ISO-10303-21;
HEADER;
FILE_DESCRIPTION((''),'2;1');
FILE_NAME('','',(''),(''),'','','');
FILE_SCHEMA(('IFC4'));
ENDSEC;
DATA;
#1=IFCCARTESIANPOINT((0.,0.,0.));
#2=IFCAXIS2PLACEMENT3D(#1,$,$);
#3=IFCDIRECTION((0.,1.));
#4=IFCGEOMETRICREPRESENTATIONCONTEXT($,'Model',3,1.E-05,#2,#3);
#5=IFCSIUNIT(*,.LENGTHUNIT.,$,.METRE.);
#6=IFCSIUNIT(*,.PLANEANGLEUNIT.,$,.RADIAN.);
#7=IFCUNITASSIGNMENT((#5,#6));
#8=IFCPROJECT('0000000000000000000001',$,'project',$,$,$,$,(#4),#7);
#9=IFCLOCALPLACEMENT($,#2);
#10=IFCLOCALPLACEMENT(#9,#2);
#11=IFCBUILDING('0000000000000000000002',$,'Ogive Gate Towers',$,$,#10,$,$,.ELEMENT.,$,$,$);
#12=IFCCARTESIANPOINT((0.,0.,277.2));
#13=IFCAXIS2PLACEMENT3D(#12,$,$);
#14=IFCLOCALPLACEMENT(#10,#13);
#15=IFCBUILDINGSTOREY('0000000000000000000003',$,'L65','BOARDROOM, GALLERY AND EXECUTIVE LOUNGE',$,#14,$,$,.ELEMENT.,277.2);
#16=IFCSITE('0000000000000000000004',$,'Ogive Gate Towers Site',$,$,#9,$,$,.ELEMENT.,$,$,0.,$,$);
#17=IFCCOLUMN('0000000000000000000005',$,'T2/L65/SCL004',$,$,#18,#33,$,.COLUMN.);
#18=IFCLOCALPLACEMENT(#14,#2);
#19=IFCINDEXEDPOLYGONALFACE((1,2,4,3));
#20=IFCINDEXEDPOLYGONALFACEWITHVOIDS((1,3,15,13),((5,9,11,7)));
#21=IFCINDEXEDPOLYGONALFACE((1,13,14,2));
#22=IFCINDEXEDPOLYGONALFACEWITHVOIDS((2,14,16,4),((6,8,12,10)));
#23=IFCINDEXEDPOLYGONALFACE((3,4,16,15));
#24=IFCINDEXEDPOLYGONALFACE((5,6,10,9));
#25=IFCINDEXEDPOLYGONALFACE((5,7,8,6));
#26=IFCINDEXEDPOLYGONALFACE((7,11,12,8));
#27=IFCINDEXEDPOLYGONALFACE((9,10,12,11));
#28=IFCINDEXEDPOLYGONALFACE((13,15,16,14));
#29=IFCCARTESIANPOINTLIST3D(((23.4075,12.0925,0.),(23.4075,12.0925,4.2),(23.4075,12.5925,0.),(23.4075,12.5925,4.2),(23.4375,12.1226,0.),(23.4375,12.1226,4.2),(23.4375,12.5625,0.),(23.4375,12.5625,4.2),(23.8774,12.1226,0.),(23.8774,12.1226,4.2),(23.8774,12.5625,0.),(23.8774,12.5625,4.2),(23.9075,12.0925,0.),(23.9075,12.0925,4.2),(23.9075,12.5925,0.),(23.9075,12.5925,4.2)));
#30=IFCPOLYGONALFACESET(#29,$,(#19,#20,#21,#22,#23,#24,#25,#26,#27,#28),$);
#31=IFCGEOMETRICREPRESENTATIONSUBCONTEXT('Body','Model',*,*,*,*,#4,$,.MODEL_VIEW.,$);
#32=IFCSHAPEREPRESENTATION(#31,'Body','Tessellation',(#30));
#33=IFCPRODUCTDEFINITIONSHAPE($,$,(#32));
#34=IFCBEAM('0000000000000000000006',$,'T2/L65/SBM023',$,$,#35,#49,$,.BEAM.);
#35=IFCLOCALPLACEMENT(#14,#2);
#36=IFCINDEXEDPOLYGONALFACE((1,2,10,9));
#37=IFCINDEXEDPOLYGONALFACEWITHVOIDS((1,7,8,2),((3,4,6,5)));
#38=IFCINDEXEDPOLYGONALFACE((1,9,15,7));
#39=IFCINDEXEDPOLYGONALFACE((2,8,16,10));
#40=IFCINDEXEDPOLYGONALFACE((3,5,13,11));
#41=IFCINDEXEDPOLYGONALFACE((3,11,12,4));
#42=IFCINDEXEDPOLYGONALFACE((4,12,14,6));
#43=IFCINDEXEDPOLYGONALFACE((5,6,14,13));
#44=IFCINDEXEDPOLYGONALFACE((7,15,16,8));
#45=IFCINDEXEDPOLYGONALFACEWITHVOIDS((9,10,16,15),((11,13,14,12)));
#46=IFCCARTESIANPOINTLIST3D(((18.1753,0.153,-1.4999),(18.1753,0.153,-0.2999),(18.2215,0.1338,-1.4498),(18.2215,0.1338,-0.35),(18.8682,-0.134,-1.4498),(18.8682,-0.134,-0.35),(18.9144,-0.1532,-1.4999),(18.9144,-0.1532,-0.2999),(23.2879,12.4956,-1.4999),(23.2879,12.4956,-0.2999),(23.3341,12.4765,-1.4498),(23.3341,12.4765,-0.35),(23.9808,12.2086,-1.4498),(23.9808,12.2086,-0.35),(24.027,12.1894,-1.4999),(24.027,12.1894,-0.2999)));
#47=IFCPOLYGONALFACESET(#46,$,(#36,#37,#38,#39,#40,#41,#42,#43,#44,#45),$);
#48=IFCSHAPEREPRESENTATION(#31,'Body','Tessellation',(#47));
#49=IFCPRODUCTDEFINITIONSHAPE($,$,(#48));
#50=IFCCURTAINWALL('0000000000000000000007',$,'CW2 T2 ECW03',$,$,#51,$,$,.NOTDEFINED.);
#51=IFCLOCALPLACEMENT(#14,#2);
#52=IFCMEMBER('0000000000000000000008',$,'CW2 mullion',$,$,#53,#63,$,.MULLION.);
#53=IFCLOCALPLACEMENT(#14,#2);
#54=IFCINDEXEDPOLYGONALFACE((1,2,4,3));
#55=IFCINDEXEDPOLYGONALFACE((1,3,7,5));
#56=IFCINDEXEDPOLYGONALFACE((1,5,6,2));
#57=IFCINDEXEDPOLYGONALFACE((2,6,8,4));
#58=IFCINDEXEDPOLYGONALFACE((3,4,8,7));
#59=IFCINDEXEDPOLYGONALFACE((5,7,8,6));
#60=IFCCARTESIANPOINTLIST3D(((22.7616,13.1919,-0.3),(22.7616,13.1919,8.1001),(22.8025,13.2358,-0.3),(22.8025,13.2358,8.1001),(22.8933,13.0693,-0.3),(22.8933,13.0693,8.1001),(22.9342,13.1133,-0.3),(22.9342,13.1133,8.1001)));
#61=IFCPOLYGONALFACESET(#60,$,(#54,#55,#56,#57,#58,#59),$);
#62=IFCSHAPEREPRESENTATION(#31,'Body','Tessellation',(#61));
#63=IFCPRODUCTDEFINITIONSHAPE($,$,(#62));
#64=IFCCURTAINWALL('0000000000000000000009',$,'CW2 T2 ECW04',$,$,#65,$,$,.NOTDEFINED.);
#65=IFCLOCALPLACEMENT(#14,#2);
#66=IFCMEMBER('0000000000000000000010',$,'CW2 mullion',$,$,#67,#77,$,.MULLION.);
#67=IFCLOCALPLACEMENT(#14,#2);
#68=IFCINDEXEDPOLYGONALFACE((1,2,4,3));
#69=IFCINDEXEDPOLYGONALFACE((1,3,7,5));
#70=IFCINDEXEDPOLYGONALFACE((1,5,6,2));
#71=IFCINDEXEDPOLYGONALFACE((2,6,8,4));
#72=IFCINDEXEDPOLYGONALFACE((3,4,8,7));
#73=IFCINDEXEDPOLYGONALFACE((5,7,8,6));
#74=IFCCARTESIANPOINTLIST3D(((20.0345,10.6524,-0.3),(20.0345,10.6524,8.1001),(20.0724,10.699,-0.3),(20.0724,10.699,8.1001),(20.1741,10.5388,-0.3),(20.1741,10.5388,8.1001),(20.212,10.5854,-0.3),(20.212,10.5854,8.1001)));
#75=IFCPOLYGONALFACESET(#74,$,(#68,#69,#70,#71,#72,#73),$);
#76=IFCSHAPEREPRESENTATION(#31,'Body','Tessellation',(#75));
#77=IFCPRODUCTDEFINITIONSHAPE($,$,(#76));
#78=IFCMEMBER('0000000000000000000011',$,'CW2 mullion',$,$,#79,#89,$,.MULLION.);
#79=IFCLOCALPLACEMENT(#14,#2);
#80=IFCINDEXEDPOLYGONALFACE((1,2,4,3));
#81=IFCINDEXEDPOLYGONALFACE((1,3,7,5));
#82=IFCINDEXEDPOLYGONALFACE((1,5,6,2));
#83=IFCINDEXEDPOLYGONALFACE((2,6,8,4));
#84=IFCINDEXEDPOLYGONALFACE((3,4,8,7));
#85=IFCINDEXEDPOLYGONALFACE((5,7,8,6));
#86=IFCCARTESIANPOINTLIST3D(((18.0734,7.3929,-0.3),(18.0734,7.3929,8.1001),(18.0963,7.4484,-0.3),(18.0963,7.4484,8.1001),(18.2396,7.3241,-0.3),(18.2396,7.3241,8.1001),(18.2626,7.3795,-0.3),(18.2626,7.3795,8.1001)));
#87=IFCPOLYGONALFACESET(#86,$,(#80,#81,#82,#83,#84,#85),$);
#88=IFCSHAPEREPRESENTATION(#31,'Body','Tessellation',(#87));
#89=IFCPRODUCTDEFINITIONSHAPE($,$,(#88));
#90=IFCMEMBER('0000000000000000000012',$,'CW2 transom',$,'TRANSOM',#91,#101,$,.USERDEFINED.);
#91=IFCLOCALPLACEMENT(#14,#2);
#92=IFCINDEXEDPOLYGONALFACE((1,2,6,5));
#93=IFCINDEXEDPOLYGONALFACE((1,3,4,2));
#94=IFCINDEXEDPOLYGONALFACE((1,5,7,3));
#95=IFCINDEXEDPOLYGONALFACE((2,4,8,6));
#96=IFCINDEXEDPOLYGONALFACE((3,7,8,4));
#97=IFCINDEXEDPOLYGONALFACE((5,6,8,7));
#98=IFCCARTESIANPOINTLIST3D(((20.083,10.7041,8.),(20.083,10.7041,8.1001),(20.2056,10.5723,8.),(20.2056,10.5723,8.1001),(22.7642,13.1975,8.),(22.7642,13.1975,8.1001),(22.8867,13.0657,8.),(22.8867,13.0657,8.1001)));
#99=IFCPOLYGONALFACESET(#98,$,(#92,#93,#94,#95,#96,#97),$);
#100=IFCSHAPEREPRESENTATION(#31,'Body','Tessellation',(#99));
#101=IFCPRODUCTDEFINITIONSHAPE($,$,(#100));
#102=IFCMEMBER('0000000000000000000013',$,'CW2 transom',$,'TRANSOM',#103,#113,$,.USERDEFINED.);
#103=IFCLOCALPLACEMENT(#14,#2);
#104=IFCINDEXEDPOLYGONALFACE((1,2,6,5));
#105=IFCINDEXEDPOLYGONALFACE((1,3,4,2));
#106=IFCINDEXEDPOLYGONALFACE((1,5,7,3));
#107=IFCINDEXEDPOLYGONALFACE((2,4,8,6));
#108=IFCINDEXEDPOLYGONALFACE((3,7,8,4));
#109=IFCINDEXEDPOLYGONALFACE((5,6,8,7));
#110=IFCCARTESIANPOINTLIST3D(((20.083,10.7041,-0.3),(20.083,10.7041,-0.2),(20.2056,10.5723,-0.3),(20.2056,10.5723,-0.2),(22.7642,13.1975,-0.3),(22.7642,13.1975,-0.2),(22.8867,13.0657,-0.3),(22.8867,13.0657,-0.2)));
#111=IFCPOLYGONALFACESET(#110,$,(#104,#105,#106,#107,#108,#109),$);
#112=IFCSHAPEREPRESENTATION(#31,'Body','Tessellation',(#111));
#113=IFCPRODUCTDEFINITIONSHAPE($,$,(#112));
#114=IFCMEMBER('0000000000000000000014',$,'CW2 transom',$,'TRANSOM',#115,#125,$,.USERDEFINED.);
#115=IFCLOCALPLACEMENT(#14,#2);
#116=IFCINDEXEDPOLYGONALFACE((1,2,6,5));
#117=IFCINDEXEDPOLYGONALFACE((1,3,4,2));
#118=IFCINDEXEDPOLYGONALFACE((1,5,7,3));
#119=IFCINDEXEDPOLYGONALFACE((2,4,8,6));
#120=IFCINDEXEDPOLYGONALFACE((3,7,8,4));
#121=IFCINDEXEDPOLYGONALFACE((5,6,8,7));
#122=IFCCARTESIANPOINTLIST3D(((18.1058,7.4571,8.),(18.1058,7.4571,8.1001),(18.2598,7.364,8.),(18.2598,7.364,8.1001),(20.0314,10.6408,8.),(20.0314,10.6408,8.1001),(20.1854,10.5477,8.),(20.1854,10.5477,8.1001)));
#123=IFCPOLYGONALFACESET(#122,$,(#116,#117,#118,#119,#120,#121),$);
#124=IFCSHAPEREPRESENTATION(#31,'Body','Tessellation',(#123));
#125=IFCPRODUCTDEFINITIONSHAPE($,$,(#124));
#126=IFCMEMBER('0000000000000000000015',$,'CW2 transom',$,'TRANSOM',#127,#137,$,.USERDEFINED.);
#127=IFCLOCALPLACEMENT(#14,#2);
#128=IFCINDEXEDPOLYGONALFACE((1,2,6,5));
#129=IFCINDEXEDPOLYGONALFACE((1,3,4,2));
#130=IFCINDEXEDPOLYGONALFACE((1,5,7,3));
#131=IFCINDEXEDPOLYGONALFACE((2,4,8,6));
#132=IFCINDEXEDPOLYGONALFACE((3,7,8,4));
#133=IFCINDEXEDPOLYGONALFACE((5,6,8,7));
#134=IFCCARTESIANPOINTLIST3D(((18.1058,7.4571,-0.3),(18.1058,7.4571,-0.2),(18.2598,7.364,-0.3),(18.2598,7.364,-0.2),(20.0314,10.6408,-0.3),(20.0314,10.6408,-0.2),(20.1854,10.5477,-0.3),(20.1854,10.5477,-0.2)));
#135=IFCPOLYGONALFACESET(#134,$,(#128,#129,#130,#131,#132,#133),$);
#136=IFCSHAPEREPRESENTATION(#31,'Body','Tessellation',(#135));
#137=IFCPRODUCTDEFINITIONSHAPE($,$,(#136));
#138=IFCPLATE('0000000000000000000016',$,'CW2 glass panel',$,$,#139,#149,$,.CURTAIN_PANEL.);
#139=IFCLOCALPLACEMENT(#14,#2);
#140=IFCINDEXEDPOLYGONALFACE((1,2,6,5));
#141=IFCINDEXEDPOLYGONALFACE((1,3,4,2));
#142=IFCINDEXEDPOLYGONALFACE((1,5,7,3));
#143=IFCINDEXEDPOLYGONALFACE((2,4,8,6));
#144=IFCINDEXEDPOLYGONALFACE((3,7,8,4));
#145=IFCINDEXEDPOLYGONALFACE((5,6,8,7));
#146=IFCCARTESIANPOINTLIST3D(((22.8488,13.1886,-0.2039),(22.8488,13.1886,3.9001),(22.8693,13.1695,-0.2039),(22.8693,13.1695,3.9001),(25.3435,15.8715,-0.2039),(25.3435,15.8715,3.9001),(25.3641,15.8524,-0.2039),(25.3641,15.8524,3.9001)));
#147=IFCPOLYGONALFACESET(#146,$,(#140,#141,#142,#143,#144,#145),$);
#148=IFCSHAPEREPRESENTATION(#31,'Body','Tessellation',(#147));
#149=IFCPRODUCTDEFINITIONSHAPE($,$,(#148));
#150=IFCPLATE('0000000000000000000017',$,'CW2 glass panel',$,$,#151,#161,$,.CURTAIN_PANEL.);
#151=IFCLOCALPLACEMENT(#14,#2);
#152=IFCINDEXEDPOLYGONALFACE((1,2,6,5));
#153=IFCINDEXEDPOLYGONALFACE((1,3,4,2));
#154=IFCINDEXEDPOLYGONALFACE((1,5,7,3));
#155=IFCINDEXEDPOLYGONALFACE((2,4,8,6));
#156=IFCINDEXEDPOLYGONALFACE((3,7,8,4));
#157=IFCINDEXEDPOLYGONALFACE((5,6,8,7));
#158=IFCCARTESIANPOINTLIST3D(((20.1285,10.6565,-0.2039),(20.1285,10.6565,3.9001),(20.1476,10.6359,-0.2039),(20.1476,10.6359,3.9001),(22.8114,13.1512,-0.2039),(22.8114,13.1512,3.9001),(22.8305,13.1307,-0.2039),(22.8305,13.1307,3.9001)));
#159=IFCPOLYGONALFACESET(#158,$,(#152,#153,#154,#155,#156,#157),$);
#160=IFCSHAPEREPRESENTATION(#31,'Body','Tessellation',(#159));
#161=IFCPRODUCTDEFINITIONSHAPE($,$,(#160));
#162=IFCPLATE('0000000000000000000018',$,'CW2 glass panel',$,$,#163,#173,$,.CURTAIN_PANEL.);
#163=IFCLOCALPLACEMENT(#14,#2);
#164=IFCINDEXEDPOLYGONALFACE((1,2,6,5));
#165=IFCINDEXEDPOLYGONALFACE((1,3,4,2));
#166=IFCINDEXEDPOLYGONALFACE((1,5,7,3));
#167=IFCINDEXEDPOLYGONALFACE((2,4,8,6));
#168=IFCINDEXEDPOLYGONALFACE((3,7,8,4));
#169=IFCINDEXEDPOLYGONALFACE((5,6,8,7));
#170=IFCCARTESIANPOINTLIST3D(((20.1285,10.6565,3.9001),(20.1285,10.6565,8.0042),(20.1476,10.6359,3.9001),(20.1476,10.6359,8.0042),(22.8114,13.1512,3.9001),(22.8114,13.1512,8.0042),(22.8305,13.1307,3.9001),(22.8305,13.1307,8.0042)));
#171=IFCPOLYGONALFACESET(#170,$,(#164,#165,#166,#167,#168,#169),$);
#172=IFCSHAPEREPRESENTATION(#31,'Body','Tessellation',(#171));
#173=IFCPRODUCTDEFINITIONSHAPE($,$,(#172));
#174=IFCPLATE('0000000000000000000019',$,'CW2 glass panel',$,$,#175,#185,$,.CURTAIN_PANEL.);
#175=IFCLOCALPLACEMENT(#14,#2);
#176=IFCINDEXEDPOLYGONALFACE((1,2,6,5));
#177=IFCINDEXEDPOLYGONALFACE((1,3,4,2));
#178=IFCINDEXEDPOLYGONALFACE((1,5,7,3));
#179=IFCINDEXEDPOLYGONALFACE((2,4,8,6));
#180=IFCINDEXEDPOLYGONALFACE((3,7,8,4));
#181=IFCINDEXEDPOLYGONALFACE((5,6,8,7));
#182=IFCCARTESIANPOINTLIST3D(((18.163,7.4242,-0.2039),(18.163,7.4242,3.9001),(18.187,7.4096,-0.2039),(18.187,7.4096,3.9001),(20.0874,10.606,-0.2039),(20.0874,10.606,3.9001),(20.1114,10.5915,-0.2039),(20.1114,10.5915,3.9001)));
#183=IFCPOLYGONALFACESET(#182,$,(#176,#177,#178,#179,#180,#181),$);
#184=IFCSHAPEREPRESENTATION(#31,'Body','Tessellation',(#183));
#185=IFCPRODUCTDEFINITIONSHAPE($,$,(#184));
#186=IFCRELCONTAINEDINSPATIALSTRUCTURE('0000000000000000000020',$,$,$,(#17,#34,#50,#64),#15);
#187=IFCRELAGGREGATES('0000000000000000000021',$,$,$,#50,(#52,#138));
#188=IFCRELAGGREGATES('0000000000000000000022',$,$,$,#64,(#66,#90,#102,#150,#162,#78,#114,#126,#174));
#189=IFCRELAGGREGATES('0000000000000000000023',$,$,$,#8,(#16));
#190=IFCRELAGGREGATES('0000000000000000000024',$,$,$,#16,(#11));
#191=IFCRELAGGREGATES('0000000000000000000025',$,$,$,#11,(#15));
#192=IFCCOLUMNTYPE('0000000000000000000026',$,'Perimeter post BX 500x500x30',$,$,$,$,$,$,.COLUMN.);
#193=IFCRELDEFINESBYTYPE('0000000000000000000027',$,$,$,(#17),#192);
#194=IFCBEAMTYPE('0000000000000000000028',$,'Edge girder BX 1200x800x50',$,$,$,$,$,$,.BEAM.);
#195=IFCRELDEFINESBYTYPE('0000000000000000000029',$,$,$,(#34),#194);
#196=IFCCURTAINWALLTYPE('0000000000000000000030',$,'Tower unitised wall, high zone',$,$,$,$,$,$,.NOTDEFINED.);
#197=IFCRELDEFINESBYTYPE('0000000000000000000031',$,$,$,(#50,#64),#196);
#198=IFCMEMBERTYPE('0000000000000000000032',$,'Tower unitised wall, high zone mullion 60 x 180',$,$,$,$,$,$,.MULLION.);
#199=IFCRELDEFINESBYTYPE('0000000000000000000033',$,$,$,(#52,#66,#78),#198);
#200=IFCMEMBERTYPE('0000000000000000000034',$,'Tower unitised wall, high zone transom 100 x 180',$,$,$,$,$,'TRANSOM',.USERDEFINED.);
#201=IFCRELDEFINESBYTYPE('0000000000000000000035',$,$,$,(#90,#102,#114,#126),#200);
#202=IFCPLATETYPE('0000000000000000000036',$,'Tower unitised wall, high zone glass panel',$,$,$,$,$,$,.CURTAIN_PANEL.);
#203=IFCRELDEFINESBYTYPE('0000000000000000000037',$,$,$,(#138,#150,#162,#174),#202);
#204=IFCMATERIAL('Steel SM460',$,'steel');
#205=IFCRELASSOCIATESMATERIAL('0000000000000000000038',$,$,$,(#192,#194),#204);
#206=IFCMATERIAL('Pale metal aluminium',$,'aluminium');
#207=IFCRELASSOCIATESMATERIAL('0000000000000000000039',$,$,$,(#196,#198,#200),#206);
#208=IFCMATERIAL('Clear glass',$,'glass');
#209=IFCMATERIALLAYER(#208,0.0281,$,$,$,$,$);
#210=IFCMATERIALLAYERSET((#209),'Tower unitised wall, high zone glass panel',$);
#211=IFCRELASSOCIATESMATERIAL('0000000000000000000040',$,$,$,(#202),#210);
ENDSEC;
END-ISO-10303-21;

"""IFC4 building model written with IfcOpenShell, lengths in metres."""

from ifc_helpers import new_model, si_unit, direction, frame, origin, origin_2d, place, context, subcontext, project, spatial, rectangle, hollow_rectangle, extrude, material, layer, layer_set, material_profile, profile_set, type_object, element, aggregate, save


model = new_model("IFC4")

# Units and contexts
model_context = context("Model", 3, precision=1e-05, world=origin(), true_north=direction((0.0, 1.0)))
body_context = subcontext(model_context, "Body", "Model", "MODEL_VIEW")
ifc_project = project(units=[si_unit("LENGTHUNIT", "METRE"), si_unit("PLANEANGLEUNIT", "RADIAN")], contexts=[model_context])

# Site, building, storey
site_placement = place(None, origin())
site = spatial("IfcSite", under=ifc_project, at=site_placement, Name="Ogive Gate Towers Site", CompositionType="ELEMENT", RefElevation=0.0)
building_placement = place(site_placement, origin())
building = spatial("IfcBuilding", under=site, at=building_placement, Name="Ogive Gate Towers", CompositionType="ELEMENT")
storey_placement = place(building_placement, frame((0.0, 0.0, 277.2)))
storey = spatial("IfcBuildingStorey", under=building, at=storey_placement, Name="L65", Description="BOARDROOM, GALLERY AND EXECUTIVE LOUNGE", CompositionType="ELEMENT", Elevation=277.2)

# Column
ifc_material_1 = material(Name="Steel SM460", Category="steel")
ifc_material_profile_1 = material_profile(ifc_material_1, hollow_rectangle(XDim=0.5, YDim=0.5, WallThickness=0.03, at=origin_2d()), Name="BX 500x500x30")
ifc_profile_set_1 = profile_set([ifc_material_profile_1], Name="Steel SM460")
column_type = type_object("IfcColumnType", Name="Perimeter post BX 500x500x30", PredefinedType="COLUMN", material=ifc_profile_set_1)
column_placement = place(storey_placement, frame((23.6575, 12.3425, 0.0), z_axis=(0.0, 0.0, 1.0), x_axis=(1.0, 0.0, 0.0)))
element("IfcColumn", 1, at=column_placement, inside=storey, type_object=column_type, Name="T2/L65/SCL004", PredefinedType="COLUMN", context=body_context, shape_type="SweptSolid", body=[
    extrude(hollow_rectangle(XDim=0.5, YDim=0.5, WallThickness=0.03, at=origin_2d()), origin(), (0.0, 0.0, 1.0), 4.2),
])

# Beam
ifc_material_profile_2 = material_profile(ifc_material_1, hollow_rectangle(XDim=0.8, YDim=1.2, WallThickness=0.05, at=origin_2d()), Name="BX 1200x800x50")
ifc_profile_set_2 = profile_set([ifc_material_profile_2], Name="Steel SM460")
beam_type = type_object("IfcBeamType", Name="Edge girder BX 1200x800x50", PredefinedType="BEAM", material=ifc_profile_set_2)
beam_placement = place(storey_placement, frame((23.6575, 12.3425, -0.8999), z_axis=(-0.38269, -0.923877, 0.0), x_axis=(0.923877, -0.38269, 0.0)))
element("IfcBeam", 2, at=beam_placement, inside=storey, type_object=beam_type, Name="T2/L65/SBM023", PredefinedType="BEAM", context=body_context, shape_type="SweptSolid", body=[
    extrude(hollow_rectangle(XDim=0.8, YDim=1.2, WallThickness=0.05, at=origin_2d()), origin(), (0.0, 0.0, 1.0), 13.3596),
])

# Curtain wall, member
ifc_material_2 = material(Name="Pale metal aluminium", Category="aluminium")
curtain_wall_type = type_object("IfcCurtainWallType", Name="Tower unitised wall, high zone", PredefinedType="NOTDEFINED", material=ifc_material_2)
curtain_wall_1_placement = place(storey_placement, origin())
curtain_wall_1 = element("IfcCurtainWall", 3, at=curtain_wall_1_placement, inside=storey, type_object=curtain_wall_type, Name="CW2 T2 ECW03", PredefinedType="NOTDEFINED")
ifc_material_profile_3 = material_profile(ifc_material_2, rectangle(XDim=0.1799, YDim=0.0601, at=origin_2d()), Name="60 x 180 aluminium box")
ifc_profile_set_3 = profile_set([ifc_material_profile_3], Name="Pale metal aluminium")
member_type_1 = type_object("IfcMemberType", Name="Tower unitised wall, high zone mullion 60 x 180", PredefinedType="MULLION", material=ifc_profile_set_3)
member_1_placement = place(storey_placement, frame((22.8479, 13.1526, -0.3), z_axis=(0.0, 0.0, 1.0), x_axis=(-0.732317, 0.680964, 0.0)))
member_1 = element("IfcMember", 4, at=member_1_placement, type_object=member_type_1, Name="CW2 mullion", PredefinedType="MULLION", context=body_context, shape_type="SweptSolid", body=[
    extrude(rectangle(XDim=0.1799, YDim=0.0601, at=origin_2d()), origin(), (0.0, 0.0, 1.0), 8.4001),
])

# Curtain wall, members
curtain_wall_2_placement = place(storey_placement, origin())
curtain_wall_2 = element("IfcCurtainWall", 5, at=curtain_wall_2_placement, inside=storey, type_object=curtain_wall_type, Name="CW2 T2 ECW04", PredefinedType="NOTDEFINED")
member_2_placement = place(storey_placement, frame((20.1233, 10.6189, -0.3), z_axis=(0.0, 0.0, 1.0), x_axis=(-0.775782, 0.631001, 0.0)))
member_2 = element("IfcMember", 6, at=member_2_placement, type_object=member_type_1, Name="CW2 mullion", PredefinedType="MULLION", context=body_context, shape_type="SweptSolid", body=[
    extrude(rectangle(XDim=0.1799, YDim=0.0601, at=origin_2d()), origin(), (0.0, 0.0, 1.0), 8.4001),
])
member_3_placement = place(storey_placement, frame((18.168, 7.3862, -0.3), z_axis=(0.0, 0.0, 1.0), x_axis=(-0.92388, 0.382683, 0.0)))
member_3 = element("IfcMember", 7, at=member_3_placement, type_object=member_type_1, Name="CW2 mullion", PredefinedType="MULLION", context=body_context, shape_type="SweptSolid", body=[
    extrude(rectangle(XDim=0.1799, YDim=0.0601, at=origin_2d()), origin(), (0.0, 0.0, 1.0), 8.4001),
])
ifc_material_profile_4 = material_profile(ifc_material_2, rectangle(XDim=0.1799, YDim=0.1001, at=origin_2d()), Name="100 x 180 aluminium box")
ifc_profile_set_4 = profile_set([ifc_material_profile_4], Name="Pale metal aluminium")
member_type_2 = type_object("IfcMemberType", Name="Tower unitised wall, high zone transom 100 x 180", ElementType="TRANSOM", PredefinedType="USERDEFINED", material=ifc_profile_set_4)
member_4_placement = place(storey_placement, frame((22.8254, 13.1316, 8.05), z_axis=(-0.73228, -0.681003, 0.0), x_axis=(0.681003, -0.73228, 0.0)))
member_4 = element("IfcMember", 8, at=member_4_placement, type_object=member_type_2, Name="CW2 transom", ObjectType="TRANSOM", PredefinedType="USERDEFINED", context=body_context, shape_type="SweptSolid", body=[
    extrude(rectangle(XDim=0.1799, YDim=0.1001, at=origin_2d()), origin(), (0.0, 0.0, 1.0), 3.6614),
])
member_5_placement = place(storey_placement, frame((22.8254, 13.1316, -0.25), z_axis=(-0.73228, -0.681003, 0.0), x_axis=(0.681003, -0.73228, 0.0)))
member_5 = element("IfcMember", 9, at=member_5_placement, type_object=member_type_2, Name="CW2 transom", ObjectType="TRANSOM", PredefinedType="USERDEFINED", context=body_context, shape_type="SweptSolid", body=[
    extrude(rectangle(XDim=0.1799, YDim=0.1001, at=origin_2d()), origin(), (0.0, 0.0, 1.0), 3.6614),
])
member_6_placement = place(storey_placement, frame((20.1084, 10.5942, 8.05), z_axis=(-0.517532, -0.855664, 0.0), x_axis=(0.855664, -0.517532, 0.0)))
member_6 = element("IfcMember", 10, at=member_6_placement, type_object=member_type_2, Name="CW2 transom", ObjectType="TRANSOM", PredefinedType="USERDEFINED", context=body_context, shape_type="SweptSolid", body=[
    extrude(rectangle(XDim=0.1799, YDim=0.1001, at=origin_2d()), origin(), (0.0, 0.0, 1.0), 3.7207),
])
member_7_placement = place(storey_placement, frame((20.1084, 10.5942, -0.25), z_axis=(-0.517532, -0.855664, 0.0), x_axis=(0.855664, -0.517532, 0.0)))
member_7 = element("IfcMember", 11, at=member_7_placement, type_object=member_type_2, Name="CW2 transom", ObjectType="TRANSOM", PredefinedType="USERDEFINED", context=body_context, shape_type="SweptSolid", body=[
    extrude(rectangle(XDim=0.1799, YDim=0.1001, at=origin_2d()), origin(), (0.0, 0.0, 1.0), 3.7207),
])

# Plates
ifc_material_3 = material(Name="Clear glass", Category="glass")
ifc_layer_1 = layer(ifc_material_3, 0.0281)
ifc_layer_set_1 = layer_set([ifc_layer_1], Name="Tower unitised wall, high zone glass panel")
plate_type = type_object("IfcPlateType", Name="Tower unitised wall, high zone glass panel", PredefinedType="CURTAIN_PANEL", material=ifc_layer_set_1)
plate_1_placement = place(storey_placement, frame((24.1064, 14.5205, -0.2039), z_axis=(0.0, 0.0, 1.0), x_axis=(-0.680964, -0.732317, 0.0)))
plate_1 = element("IfcPlate", 12, at=plate_1_placement, type_object=plate_type, Name="CW2 glass panel", PredefinedType="CURTAIN_PANEL", context=body_context, shape_type="SweptSolid", body=[
    extrude(rectangle(XDim=3.6636, YDim=0.0281, at=origin_2d()), origin(), (0.0, 0.0, 1.0), 4.104),
])
aggregate(curtain_wall_1, [member_1, plate_1])
plate_2_placement = place(storey_placement, frame((21.4795, 11.8936, -0.2039), z_axis=(0.0, 0.0, 1.0), x_axis=(-0.732317, -0.680964, 0.0)))
plate_2 = element("IfcPlate", 13, at=plate_2_placement, type_object=plate_type, Name="CW2 glass panel", PredefinedType="CURTAIN_PANEL", context=body_context, shape_type="SweptSolid", body=[
    extrude(rectangle(XDim=3.6636, YDim=0.0281, at=origin_2d()), origin(), (0.0, 0.0, 1.0), 4.104),
])
plate_3_placement = place(storey_placement, frame((21.4795, 11.8936, 3.9001), z_axis=(0.0, 0.0, 1.0), x_axis=(-0.732317, -0.680964, 0.0)))
plate_3 = element("IfcPlate", 14, at=plate_3_placement, type_object=plate_type, Name="CW2 glass panel", PredefinedType="CURTAIN_PANEL", context=body_context, shape_type="SweptSolid", body=[
    extrude(rectangle(XDim=3.6636, YDim=0.0281, at=origin_2d()), origin(), (0.0, 0.0, 1.0), 4.104),
])
plate_4_placement = place(storey_placement, frame((19.1372, 9.0078, -0.2039), z_axis=(0.0, 0.0, 1.0), x_axis=(-0.517519, -0.855672, 0.0)))
plate_4 = element("IfcPlate", 15, at=plate_4_placement, type_object=plate_type, Name="CW2 glass panel", PredefinedType="CURTAIN_PANEL", context=body_context, shape_type="SweptSolid", body=[
    extrude(rectangle(XDim=3.7185, YDim=0.0281, at=origin_2d()), origin(), (0.0, 0.0, 1.0), 4.104),
])
aggregate(curtain_wall_2, [member_2, member_4, member_5, plate_2, plate_3, member_3, member_6, member_7, plate_4])

save(model, "model.ifc")
